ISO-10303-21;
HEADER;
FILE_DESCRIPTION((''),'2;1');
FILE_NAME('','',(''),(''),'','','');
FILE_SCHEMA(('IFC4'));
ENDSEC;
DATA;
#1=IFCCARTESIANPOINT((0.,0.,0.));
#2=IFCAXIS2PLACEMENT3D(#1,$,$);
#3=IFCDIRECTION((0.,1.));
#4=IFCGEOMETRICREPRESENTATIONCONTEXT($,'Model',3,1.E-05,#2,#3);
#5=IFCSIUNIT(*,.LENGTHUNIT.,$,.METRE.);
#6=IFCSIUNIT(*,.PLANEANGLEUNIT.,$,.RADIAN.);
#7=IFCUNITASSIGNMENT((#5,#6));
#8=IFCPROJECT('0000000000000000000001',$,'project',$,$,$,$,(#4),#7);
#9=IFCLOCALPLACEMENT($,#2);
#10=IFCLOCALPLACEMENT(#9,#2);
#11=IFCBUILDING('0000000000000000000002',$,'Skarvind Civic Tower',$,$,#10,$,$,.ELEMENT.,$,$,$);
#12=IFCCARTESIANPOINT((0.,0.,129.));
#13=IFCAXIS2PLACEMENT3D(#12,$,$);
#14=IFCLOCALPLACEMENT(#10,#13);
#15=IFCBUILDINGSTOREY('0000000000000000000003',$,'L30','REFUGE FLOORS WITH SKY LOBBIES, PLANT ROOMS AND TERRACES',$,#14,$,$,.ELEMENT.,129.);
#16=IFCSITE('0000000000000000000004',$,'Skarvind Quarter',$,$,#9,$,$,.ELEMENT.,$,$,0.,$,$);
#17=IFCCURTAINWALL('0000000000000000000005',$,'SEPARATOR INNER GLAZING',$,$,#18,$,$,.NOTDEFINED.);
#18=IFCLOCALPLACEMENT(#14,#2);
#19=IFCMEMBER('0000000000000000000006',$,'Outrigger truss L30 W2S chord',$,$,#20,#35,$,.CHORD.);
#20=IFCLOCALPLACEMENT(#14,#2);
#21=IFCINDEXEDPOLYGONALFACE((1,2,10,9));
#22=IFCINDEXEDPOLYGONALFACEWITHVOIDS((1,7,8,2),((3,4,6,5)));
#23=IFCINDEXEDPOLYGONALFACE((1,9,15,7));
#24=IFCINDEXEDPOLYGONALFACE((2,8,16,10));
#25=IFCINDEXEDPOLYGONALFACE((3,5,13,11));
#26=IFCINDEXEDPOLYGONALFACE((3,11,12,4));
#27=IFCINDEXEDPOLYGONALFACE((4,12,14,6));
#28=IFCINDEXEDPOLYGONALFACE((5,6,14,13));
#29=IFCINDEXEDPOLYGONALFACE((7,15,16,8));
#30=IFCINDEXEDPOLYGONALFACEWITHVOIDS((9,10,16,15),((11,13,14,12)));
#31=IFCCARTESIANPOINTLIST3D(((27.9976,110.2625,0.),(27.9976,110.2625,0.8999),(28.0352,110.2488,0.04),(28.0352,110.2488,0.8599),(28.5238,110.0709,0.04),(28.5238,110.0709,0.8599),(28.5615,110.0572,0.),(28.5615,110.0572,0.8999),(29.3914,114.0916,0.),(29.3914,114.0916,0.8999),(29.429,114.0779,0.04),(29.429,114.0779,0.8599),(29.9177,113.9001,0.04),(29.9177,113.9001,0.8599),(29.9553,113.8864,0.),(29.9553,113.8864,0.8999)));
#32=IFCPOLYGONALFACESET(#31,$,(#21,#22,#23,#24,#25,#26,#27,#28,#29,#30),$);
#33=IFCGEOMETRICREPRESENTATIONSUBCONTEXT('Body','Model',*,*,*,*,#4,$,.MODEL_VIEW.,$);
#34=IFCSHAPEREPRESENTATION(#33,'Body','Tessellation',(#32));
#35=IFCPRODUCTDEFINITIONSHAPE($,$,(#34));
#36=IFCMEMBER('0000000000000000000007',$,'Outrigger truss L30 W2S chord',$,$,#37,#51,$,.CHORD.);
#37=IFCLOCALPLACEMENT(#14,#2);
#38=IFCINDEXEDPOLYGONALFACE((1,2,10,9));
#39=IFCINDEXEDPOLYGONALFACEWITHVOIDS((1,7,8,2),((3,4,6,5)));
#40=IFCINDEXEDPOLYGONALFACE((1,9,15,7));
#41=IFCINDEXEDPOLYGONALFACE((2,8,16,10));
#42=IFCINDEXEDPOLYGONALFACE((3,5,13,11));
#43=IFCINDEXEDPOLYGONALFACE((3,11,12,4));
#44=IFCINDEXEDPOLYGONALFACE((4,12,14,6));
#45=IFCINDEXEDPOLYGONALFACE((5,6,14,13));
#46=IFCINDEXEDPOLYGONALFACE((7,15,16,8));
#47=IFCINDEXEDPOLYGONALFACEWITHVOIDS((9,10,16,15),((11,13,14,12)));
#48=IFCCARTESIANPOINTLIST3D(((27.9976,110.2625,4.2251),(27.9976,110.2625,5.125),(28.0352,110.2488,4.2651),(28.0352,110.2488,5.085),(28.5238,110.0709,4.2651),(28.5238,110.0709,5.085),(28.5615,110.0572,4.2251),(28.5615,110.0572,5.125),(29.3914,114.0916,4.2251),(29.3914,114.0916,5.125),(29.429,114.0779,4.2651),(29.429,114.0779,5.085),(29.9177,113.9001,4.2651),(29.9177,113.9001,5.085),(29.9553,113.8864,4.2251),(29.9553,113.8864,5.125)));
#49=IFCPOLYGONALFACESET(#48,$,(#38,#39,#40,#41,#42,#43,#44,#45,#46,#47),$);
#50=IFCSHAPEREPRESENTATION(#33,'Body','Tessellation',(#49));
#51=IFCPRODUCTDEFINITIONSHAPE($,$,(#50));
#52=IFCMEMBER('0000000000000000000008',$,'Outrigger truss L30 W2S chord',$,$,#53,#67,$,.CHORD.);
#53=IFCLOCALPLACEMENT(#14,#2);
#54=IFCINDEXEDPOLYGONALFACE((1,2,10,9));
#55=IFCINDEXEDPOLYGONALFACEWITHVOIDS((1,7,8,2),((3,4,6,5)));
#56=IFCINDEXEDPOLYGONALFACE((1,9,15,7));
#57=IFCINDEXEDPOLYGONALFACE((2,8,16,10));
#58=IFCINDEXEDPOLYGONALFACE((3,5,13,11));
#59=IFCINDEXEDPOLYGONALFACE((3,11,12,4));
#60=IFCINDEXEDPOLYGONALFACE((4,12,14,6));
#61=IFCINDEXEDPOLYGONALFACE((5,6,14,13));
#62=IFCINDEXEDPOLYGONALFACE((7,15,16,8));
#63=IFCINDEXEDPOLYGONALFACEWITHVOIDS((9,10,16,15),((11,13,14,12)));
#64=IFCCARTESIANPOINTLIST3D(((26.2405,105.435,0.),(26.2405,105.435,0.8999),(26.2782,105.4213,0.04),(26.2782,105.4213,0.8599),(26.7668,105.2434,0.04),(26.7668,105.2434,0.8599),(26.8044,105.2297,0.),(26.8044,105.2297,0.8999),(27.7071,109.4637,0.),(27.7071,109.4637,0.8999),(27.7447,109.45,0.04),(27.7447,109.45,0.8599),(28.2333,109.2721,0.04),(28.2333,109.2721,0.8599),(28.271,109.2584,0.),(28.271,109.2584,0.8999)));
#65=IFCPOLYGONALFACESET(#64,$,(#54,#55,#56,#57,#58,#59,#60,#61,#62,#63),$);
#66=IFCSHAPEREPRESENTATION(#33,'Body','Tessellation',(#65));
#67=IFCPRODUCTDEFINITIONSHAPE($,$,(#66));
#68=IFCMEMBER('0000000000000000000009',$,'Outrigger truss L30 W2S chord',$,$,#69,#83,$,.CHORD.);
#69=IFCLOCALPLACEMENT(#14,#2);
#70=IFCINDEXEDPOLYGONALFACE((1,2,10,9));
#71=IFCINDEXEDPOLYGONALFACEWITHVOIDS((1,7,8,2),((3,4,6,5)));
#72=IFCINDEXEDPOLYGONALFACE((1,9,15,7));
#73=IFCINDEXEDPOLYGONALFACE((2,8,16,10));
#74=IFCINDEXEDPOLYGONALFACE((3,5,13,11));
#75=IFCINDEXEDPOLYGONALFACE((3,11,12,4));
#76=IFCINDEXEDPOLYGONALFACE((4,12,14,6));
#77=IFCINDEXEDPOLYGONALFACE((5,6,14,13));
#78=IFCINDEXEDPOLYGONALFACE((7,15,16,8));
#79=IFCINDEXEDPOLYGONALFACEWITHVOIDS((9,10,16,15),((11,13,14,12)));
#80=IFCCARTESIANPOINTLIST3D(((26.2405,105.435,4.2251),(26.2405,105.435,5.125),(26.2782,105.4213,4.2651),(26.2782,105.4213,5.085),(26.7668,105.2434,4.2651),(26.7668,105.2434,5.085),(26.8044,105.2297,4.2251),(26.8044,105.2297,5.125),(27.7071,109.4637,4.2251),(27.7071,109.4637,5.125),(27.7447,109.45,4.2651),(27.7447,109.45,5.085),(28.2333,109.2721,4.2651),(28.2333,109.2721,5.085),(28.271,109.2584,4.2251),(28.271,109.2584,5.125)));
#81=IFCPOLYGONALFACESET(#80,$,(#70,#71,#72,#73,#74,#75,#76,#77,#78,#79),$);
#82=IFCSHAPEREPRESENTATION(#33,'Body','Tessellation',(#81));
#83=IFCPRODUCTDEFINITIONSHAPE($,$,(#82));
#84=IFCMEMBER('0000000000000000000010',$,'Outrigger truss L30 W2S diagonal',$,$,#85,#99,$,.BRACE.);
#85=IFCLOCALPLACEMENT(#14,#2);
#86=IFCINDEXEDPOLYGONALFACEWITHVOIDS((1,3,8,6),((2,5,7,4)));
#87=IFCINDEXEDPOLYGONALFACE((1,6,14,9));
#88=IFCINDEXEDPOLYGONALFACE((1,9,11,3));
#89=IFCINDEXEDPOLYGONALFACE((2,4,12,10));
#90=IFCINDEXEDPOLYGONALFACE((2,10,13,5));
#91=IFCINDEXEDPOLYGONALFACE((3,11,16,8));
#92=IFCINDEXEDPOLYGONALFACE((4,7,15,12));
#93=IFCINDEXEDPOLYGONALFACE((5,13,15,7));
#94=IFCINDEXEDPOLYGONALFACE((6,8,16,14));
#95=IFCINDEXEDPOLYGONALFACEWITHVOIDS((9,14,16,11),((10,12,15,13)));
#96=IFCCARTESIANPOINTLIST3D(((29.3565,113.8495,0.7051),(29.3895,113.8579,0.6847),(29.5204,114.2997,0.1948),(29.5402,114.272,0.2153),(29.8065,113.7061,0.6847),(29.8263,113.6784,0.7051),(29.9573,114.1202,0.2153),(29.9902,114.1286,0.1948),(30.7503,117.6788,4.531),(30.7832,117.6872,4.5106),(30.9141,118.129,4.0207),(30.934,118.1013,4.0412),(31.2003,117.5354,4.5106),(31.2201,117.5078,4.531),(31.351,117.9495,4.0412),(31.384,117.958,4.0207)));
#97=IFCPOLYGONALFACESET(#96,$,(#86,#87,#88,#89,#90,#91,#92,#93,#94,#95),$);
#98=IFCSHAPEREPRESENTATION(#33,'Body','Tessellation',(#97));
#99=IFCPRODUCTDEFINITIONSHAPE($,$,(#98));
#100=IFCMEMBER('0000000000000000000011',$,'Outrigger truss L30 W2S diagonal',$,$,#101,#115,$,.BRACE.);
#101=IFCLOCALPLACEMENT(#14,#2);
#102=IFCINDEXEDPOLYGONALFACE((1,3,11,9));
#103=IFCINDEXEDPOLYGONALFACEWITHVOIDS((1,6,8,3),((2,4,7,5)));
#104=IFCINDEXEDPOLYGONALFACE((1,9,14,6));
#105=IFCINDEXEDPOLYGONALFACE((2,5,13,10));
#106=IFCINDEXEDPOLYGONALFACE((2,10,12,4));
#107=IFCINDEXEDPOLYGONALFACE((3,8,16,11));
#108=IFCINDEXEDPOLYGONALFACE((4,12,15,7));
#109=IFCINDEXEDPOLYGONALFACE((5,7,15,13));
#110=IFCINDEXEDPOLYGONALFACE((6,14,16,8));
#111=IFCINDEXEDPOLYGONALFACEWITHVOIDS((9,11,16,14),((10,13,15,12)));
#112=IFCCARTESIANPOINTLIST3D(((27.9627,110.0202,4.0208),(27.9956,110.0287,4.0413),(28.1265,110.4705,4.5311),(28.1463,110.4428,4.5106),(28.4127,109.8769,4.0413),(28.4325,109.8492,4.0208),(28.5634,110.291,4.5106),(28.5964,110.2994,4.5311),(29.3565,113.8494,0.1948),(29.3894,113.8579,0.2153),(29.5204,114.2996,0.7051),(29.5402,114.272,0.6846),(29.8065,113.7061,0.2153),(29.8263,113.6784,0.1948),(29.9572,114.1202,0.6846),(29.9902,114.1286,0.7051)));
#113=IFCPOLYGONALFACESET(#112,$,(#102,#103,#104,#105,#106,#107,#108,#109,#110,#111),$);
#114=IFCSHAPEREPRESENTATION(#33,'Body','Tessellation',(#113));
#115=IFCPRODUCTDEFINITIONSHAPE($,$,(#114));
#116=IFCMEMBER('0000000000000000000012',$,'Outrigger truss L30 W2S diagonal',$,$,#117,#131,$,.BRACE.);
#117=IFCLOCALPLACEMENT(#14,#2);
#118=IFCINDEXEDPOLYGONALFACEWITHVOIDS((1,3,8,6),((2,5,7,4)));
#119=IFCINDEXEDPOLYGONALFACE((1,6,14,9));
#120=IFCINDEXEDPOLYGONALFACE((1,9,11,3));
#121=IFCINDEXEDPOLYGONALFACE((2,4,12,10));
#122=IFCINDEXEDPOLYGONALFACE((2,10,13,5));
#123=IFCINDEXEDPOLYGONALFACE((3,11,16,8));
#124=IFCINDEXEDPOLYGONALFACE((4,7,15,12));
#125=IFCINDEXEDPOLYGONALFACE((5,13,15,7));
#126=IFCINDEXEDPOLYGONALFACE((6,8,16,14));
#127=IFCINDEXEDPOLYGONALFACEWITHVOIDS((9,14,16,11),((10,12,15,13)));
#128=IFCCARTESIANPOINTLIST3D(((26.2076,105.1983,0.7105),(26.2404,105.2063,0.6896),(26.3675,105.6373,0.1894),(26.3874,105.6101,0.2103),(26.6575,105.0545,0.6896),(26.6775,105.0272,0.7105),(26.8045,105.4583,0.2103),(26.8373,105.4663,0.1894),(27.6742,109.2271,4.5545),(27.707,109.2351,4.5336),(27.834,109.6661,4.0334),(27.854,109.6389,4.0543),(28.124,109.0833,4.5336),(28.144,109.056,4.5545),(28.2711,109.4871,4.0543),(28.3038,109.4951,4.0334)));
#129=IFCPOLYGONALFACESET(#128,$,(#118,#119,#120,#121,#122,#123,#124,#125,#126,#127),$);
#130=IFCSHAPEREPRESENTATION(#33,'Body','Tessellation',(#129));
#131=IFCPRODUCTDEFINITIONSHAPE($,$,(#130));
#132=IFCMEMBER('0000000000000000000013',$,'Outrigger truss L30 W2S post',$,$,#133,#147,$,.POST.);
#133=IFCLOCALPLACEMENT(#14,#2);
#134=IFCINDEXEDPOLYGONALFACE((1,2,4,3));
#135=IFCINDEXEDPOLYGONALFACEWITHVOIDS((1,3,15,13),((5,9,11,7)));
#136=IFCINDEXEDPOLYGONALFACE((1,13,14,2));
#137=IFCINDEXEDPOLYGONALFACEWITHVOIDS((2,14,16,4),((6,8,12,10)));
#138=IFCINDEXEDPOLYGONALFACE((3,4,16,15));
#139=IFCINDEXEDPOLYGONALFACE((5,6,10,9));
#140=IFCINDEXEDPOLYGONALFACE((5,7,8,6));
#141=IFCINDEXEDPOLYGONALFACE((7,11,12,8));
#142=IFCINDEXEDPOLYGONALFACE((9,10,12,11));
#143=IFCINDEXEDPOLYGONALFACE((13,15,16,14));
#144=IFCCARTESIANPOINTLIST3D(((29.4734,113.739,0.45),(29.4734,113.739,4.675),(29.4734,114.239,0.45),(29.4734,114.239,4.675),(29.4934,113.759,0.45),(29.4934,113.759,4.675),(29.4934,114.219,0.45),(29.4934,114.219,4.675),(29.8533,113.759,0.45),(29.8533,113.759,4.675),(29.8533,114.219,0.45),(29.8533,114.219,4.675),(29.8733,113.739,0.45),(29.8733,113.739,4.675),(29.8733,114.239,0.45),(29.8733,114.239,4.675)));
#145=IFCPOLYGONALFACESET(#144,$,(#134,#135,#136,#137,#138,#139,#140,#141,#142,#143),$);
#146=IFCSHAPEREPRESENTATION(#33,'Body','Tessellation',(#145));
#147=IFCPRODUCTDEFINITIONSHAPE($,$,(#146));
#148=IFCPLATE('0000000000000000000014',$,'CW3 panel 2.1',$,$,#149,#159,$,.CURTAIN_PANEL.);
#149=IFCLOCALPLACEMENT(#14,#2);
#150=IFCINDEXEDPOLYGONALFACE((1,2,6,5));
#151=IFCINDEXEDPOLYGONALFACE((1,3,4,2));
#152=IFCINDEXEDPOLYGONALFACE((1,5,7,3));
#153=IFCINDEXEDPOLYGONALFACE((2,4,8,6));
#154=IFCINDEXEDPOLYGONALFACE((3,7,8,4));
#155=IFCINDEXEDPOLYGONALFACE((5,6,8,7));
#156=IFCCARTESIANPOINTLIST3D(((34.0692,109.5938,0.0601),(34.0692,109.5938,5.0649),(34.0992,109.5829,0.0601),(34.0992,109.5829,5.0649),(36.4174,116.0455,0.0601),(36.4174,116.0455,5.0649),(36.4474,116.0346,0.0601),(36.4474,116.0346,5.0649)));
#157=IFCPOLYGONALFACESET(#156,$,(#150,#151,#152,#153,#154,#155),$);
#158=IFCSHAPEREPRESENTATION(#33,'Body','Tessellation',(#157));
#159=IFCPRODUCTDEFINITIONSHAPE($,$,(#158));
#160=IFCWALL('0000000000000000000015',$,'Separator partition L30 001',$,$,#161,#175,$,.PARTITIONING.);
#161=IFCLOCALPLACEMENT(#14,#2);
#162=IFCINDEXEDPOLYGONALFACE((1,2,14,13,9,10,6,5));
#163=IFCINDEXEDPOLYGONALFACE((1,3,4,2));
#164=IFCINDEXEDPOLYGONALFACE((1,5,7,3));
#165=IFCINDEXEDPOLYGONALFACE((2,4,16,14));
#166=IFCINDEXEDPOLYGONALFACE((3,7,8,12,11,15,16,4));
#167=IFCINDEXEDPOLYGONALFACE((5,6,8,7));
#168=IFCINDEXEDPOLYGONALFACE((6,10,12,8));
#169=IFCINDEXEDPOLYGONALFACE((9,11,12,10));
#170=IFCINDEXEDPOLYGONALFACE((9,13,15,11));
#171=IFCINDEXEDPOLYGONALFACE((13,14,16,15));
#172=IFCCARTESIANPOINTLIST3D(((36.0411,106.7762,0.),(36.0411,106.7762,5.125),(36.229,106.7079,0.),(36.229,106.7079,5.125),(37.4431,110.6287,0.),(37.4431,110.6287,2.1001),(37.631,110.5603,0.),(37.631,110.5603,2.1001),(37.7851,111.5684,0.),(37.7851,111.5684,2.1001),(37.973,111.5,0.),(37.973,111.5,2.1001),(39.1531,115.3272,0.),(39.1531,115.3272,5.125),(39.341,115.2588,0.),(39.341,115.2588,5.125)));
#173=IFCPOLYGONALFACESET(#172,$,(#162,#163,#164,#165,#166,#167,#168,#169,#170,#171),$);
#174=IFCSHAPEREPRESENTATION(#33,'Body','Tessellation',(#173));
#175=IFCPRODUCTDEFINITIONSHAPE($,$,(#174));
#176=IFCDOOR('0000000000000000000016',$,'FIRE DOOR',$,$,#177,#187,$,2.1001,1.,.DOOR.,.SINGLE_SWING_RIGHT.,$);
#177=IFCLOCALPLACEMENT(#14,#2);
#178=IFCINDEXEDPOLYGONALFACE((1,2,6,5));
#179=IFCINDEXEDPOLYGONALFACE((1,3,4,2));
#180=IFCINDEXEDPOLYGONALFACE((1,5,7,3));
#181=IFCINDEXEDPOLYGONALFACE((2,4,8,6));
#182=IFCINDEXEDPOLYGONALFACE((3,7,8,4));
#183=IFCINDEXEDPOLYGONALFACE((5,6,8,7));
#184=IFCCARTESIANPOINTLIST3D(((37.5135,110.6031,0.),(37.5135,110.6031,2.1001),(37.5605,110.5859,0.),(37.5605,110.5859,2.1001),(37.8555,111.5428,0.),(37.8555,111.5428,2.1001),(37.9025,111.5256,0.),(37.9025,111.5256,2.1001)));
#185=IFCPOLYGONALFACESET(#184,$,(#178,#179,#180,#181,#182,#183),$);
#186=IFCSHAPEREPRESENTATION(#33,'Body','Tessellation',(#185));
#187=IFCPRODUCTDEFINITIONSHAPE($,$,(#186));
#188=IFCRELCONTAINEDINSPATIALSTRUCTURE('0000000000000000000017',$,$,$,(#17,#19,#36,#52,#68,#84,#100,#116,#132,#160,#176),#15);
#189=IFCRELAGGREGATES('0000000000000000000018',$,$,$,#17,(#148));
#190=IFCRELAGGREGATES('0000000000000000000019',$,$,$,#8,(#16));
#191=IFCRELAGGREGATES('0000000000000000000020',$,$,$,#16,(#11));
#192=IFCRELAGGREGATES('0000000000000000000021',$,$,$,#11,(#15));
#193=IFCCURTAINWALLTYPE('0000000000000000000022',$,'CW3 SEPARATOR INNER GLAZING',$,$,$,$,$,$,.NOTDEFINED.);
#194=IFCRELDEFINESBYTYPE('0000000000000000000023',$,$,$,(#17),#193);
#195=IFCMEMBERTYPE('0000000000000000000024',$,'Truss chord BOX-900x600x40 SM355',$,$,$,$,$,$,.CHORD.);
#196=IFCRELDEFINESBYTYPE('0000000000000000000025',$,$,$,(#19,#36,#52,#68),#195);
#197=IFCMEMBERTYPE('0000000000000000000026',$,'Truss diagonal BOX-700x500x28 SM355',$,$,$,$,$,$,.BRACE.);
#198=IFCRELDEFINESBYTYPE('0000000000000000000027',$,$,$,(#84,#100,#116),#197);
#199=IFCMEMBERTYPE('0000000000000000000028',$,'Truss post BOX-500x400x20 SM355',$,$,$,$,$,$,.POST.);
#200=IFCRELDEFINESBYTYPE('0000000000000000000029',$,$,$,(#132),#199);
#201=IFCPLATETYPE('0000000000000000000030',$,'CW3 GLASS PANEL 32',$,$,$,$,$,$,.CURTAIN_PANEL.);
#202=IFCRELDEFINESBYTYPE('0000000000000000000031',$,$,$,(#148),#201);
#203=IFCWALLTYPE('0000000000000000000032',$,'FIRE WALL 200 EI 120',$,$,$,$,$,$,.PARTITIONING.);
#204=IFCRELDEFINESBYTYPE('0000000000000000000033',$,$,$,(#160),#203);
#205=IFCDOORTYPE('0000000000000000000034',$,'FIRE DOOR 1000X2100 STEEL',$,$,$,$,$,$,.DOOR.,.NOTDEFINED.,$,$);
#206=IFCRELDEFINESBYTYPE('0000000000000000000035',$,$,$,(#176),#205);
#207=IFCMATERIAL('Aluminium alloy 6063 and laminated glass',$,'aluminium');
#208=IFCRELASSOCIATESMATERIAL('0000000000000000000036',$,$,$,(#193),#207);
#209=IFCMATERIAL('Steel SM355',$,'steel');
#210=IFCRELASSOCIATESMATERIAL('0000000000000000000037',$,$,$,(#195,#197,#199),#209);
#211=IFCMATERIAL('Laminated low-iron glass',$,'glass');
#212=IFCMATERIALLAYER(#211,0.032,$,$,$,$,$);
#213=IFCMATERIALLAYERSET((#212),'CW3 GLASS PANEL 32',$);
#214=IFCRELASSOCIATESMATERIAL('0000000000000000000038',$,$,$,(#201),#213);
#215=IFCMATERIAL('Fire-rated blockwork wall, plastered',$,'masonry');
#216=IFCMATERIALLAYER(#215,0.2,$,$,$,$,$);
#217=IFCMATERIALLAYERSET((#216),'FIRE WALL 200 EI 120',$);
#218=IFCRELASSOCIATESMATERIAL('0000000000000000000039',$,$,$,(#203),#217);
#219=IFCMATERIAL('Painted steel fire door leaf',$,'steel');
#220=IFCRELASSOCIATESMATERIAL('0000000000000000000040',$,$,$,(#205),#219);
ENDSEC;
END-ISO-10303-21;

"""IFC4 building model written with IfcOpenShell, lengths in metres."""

from ifc_helpers import new_model, si_unit, direction, frame, frame_2d, origin, origin_2d, place, context, subcontext, project, spatial, rectangle, hollow_rectangle, extrude, material, layer, layer_set, material_profile, profile_set, type_object, element, fill, aggregate, save


model = new_model("IFC4")

# Units and contexts
model_context = context("Model", 3, precision=1e-05, world=origin(), true_north=direction((0.0, 1.0)))
body_context = subcontext(model_context, "Body", "Model", "MODEL_VIEW")
ifc_project = project(units=[si_unit("LENGTHUNIT", "METRE"), si_unit("PLANEANGLEUNIT", "RADIAN")], contexts=[model_context])

# Site, building, storey
site_placement = place(None, origin())
site = spatial("IfcSite", under=ifc_project, at=site_placement, Name="Skarvind Quarter", CompositionType="ELEMENT", RefElevation=0.0)
building_placement = place(site_placement, origin())
building = spatial("IfcBuilding", under=site, at=building_placement, Name="Skarvind Civic Tower", CompositionType="ELEMENT")
storey_placement = place(building_placement, frame((0.0, 0.0, 129.0)))
storey = spatial("IfcBuildingStorey", under=building, at=storey_placement, Name="L30", Description="REFUGE FLOORS WITH SKY LOBBIES, PLANT ROOMS AND TERRACES", CompositionType="ELEMENT", Elevation=129.0)

# Curtain wall
ifc_material_1 = material(Name="Aluminium alloy 6063 and laminated glass", Category="aluminium")
curtain_wall_type = type_object("IfcCurtainWallType", Name="CW3 SEPARATOR INNER GLAZING", PredefinedType="NOTDEFINED", material=ifc_material_1)
curtain_wall_1_placement = place(storey_placement, origin())
curtain_wall_1 = element("IfcCurtainWall", 1, at=curtain_wall_1_placement, inside=storey, type_object=curtain_wall_type, Name="SEPARATOR INNER GLAZING", PredefinedType="NOTDEFINED")

# Members
ifc_material_2 = material(Name="Steel SM355", Category="steel")
ifc_material_profile_1 = material_profile(ifc_material_2, hollow_rectangle(XDim=0.6001, YDim=0.8999, WallThickness=0.04, at=origin_2d()), Name="BOX-900x600x40")
ifc_profile_set_1 = profile_set([ifc_material_profile_1], Name="Steel SM355")
member_type_1 = type_object("IfcMemberType", Name="Truss chord BOX-900x600x40 SM355", PredefinedType="CHORD", material=ifc_profile_set_1)
for number, where, z_axis, x_axis, name in (
    (2, (29.6733, 113.989, 0.45), (-0.342046, -0.939683, 0.0), (0.939683, -0.342046, 0.0), "Outrigger truss L30 W2S chord"),
    (3, (29.6733, 113.989, 4.675), (-0.342046, -0.939683, 0.0), (0.939683, -0.342046, 0.0), "Outrigger truss L30 W2S chord"),
):
    element("IfcMember", number, at=place(storey_placement, frame(where, z_axis=z_axis, x_axis=x_axis)), inside=storey, type_object=member_type_1, Name=name, PredefinedType="CHORD", context=body_context, shape_type="SweptSolid", body=[
        extrude(hollow_rectangle(XDim=0.6001, YDim=0.8999, WallThickness=0.04, at=origin_2d()), origin(), (0.0, 0.0, 1.0), 4.075),
    ])
for number, where, z_axis, x_axis, name in (
    (4, (27.989, 109.3611, 0.45), (-0.342059, -0.939679, 0.0), (0.939679, -0.342059, 0.0), "Outrigger truss L30 W2S chord"),
    (5, (27.989, 109.3611, 4.675), (-0.342059, -0.939679, 0.0), (0.939679, -0.342059, 0.0), "Outrigger truss L30 W2S chord"),
):
    element("IfcMember", number, at=place(storey_placement, frame(where, z_axis=z_axis, x_axis=x_axis)), inside=storey, type_object=member_type_1, Name=name, PredefinedType="CHORD", context=body_context, shape_type="SweptSolid", body=[
        extrude(hollow_rectangle(XDim=0.6001, YDim=0.8999, WallThickness=0.04, at=origin_2d()), origin(), (0.0, 0.0, 1.0), 4.2874),
    ])
ifc_material_profile_2 = material_profile(ifc_material_2, hollow_rectangle(XDim=0.5, YDim=0.7, WallThickness=0.0281, at=origin_2d()), Name="BOX-700x500x28")
ifc_profile_set_2 = profile_set([ifc_material_profile_2], Name="Steel SM355")
member_type_2 = type_object("IfcMemberType", Name="Truss diagonal BOX-700x500x28 SM355", PredefinedType="BRACE", material=ifc_profile_set_2)
for number, where, z_axis, x_axis, name in (
    (6, (31.0671, 117.8184, 4.2759), (-0.249353, -0.685077, -0.684465), (0.93969, -0.342027, 0.0), "Outrigger truss L30 W2S diagonal"),
    (7, (29.6733, 113.989, 0.45), (-0.249361, -0.685054, 0.684486), (0.939683, -0.342046, 0.0), "Outrigger truss L30 W2S diagonal"),
):
    element("IfcMember", number, at=place(storey_placement, frame(where, z_axis=z_axis, x_axis=x_axis)), inside=storey, type_object=member_type_2, Name=name, PredefinedType="BRACE", context=body_context, shape_type="SweptSolid", body=[
        extrude(hollow_rectangle(XDim=0.5, YDim=0.7, WallThickness=0.0281, at=origin_2d()), origin(), (0.0, 0.0, 1.0), 5.5896),
    ])
member_1_placement = place(storey_placement, frame((27.989, 109.3611, 4.2939), z_axis=(-0.254684, -0.699649, -0.667554), x_axis=(0.939679, -0.342059, 0.0)))
element("IfcMember", 8, at=member_1_placement, inside=storey, type_object=member_type_2, Name="Outrigger truss L30 W2S diagonal", PredefinedType="BRACE", context=body_context, shape_type="SweptSolid", body=[
    extrude(hollow_rectangle(XDim=0.5, YDim=0.7, WallThickness=0.0281, at=origin_2d()), origin(), (0.0, 0.0, 1.0), 5.7583),
])
ifc_material_profile_3 = material_profile(ifc_material_2, hollow_rectangle(XDim=0.3999, YDim=0.5, WallThickness=0.02, at=origin_2d()), Name="BOX-500x400x20")
ifc_profile_set_3 = profile_set([ifc_material_profile_3], Name="Steel SM355")
member_type_3 = type_object("IfcMemberType", Name="Truss post BOX-500x400x20 SM355", PredefinedType="POST", material=ifc_profile_set_3)
member_2_placement = place(storey_placement, frame((29.6733, 113.989, 0.45), z_axis=(0.0, 0.0, 1.0), x_axis=(1.0, 0.0, 0.0)))
element("IfcMember", 9, at=member_2_placement, inside=storey, type_object=member_type_3, Name="Outrigger truss L30 W2S post", PredefinedType="POST", context=body_context, shape_type="SweptSolid", body=[
    extrude(hollow_rectangle(XDim=0.3999, YDim=0.5, WallThickness=0.02, at=origin_2d()), origin(), (0.0, 0.0, 1.0), 4.2251),
])

# Plate
ifc_material_3 = material(Name="Laminated low-iron glass", Category="glass")
ifc_layer_1 = layer(ifc_material_3, 0.032)
ifc_layer_set_1 = layer_set([ifc_layer_1], Name="CW3 GLASS PANEL 32")
plate_type = type_object("IfcPlateType", Name="CW3 GLASS PANEL 32", PredefinedType="CURTAIN_PANEL", material=ifc_layer_set_1)
plate_placement = place(storey_placement, frame((35.2583, 112.8142, 0.0601), z_axis=(0.0, 0.0, 1.0), x_axis=(0.342022, 0.939692, 0.0)))
plate = element("IfcPlate", 10, at=plate_placement, type_object=plate_type, Name="CW3 panel 2.1", PredefinedType="CURTAIN_PANEL", context=body_context, shape_type="SweptSolid", body=[
    extrude(rectangle(XDim=6.8657, YDim=0.032, at=origin_2d()), origin(), (0.0, 0.0, 1.0), 5.0049),
])
aggregate(curtain_wall_1, [plate])

# Wall, opening, door
ifc_material_4 = material(Name="Fire-rated blockwork wall, plastered", Category="masonry")
ifc_layer_2 = layer(ifc_material_4, 0.2)
ifc_layer_set_2 = layer_set([ifc_layer_2], Name="FIRE WALL 200 EI 120")
wall_type_1 = type_object("IfcWallType", Name="FIRE WALL 200 EI 120", PredefinedType="PARTITIONING", material=ifc_layer_set_2)
wall_1_placement = place(storey_placement, frame((39.2471, 115.293, 0.0), z_axis=(0.0, 0.0, 1.0), x_axis=(-0.341995, -0.939702, 0.0)))
wall_1 = element("IfcWall", 11, at=wall_1_placement, inside=storey, type_object=wall_type_1, Name="Separator partition L30 001", PredefinedType="PARTITIONING", context=body_context, shape_type="SweptSolid", body=[
    extrude(rectangle(XDim=9.0996, YDim=0.2, at=frame_2d((4.5498, 0.0))), origin(), (0.0, 0.0, 1.0), 5.125),
])
opening_1_placement = place(wall_1_placement, frame((4.0, 0.0, 0.0)))
opening_1 = element("IfcOpeningElement", 12, at=opening_1_placement, cuts=wall_1, PredefinedType="OPENING", context=body_context, shape_type="SweptSolid", body=[
    extrude(rectangle(XDim=1.0, YDim=2.1001, at=frame_2d((0.5, 1.05))), frame((0.0, 0.1099, 0.0), z_axis=(0.0, -1.0, 0.0), x_axis=(1.0, 0.0, 0.0)), (0.0, 0.0, 1.0), 0.22),
])
ifc_material_5 = material(Name="Painted steel fire door leaf", Category="steel")
door_type_1 = type_object("IfcDoorType", Name="FIRE DOOR 1000X2100 STEEL", OperationType="NOTDEFINED", PredefinedType="DOOR", material=ifc_material_5)
door_1_placement = place(opening_1_placement, origin())
door_1 = element("IfcDoor", 13, at=door_1_placement, inside=storey, type_object=door_type_1, Name="FIRE DOOR", OperationType="SINGLE_SWING_RIGHT", OverallHeight=2.1001, OverallWidth=1.0, PredefinedType="DOOR", context=body_context, shape_type="SweptSolid", body=[
    extrude(rectangle(XDim=1.0, YDim=2.1001, at=frame_2d((0.5, 1.05))), frame((0.0, 0.0249, 0.0), z_axis=(0.0, -1.0, 0.0), x_axis=(1.0, 0.0, 0.0)), (0.0, 0.0, 1.0), 0.05),
])
fill(opening_1, door_1)

save(model, "model.ifc")
